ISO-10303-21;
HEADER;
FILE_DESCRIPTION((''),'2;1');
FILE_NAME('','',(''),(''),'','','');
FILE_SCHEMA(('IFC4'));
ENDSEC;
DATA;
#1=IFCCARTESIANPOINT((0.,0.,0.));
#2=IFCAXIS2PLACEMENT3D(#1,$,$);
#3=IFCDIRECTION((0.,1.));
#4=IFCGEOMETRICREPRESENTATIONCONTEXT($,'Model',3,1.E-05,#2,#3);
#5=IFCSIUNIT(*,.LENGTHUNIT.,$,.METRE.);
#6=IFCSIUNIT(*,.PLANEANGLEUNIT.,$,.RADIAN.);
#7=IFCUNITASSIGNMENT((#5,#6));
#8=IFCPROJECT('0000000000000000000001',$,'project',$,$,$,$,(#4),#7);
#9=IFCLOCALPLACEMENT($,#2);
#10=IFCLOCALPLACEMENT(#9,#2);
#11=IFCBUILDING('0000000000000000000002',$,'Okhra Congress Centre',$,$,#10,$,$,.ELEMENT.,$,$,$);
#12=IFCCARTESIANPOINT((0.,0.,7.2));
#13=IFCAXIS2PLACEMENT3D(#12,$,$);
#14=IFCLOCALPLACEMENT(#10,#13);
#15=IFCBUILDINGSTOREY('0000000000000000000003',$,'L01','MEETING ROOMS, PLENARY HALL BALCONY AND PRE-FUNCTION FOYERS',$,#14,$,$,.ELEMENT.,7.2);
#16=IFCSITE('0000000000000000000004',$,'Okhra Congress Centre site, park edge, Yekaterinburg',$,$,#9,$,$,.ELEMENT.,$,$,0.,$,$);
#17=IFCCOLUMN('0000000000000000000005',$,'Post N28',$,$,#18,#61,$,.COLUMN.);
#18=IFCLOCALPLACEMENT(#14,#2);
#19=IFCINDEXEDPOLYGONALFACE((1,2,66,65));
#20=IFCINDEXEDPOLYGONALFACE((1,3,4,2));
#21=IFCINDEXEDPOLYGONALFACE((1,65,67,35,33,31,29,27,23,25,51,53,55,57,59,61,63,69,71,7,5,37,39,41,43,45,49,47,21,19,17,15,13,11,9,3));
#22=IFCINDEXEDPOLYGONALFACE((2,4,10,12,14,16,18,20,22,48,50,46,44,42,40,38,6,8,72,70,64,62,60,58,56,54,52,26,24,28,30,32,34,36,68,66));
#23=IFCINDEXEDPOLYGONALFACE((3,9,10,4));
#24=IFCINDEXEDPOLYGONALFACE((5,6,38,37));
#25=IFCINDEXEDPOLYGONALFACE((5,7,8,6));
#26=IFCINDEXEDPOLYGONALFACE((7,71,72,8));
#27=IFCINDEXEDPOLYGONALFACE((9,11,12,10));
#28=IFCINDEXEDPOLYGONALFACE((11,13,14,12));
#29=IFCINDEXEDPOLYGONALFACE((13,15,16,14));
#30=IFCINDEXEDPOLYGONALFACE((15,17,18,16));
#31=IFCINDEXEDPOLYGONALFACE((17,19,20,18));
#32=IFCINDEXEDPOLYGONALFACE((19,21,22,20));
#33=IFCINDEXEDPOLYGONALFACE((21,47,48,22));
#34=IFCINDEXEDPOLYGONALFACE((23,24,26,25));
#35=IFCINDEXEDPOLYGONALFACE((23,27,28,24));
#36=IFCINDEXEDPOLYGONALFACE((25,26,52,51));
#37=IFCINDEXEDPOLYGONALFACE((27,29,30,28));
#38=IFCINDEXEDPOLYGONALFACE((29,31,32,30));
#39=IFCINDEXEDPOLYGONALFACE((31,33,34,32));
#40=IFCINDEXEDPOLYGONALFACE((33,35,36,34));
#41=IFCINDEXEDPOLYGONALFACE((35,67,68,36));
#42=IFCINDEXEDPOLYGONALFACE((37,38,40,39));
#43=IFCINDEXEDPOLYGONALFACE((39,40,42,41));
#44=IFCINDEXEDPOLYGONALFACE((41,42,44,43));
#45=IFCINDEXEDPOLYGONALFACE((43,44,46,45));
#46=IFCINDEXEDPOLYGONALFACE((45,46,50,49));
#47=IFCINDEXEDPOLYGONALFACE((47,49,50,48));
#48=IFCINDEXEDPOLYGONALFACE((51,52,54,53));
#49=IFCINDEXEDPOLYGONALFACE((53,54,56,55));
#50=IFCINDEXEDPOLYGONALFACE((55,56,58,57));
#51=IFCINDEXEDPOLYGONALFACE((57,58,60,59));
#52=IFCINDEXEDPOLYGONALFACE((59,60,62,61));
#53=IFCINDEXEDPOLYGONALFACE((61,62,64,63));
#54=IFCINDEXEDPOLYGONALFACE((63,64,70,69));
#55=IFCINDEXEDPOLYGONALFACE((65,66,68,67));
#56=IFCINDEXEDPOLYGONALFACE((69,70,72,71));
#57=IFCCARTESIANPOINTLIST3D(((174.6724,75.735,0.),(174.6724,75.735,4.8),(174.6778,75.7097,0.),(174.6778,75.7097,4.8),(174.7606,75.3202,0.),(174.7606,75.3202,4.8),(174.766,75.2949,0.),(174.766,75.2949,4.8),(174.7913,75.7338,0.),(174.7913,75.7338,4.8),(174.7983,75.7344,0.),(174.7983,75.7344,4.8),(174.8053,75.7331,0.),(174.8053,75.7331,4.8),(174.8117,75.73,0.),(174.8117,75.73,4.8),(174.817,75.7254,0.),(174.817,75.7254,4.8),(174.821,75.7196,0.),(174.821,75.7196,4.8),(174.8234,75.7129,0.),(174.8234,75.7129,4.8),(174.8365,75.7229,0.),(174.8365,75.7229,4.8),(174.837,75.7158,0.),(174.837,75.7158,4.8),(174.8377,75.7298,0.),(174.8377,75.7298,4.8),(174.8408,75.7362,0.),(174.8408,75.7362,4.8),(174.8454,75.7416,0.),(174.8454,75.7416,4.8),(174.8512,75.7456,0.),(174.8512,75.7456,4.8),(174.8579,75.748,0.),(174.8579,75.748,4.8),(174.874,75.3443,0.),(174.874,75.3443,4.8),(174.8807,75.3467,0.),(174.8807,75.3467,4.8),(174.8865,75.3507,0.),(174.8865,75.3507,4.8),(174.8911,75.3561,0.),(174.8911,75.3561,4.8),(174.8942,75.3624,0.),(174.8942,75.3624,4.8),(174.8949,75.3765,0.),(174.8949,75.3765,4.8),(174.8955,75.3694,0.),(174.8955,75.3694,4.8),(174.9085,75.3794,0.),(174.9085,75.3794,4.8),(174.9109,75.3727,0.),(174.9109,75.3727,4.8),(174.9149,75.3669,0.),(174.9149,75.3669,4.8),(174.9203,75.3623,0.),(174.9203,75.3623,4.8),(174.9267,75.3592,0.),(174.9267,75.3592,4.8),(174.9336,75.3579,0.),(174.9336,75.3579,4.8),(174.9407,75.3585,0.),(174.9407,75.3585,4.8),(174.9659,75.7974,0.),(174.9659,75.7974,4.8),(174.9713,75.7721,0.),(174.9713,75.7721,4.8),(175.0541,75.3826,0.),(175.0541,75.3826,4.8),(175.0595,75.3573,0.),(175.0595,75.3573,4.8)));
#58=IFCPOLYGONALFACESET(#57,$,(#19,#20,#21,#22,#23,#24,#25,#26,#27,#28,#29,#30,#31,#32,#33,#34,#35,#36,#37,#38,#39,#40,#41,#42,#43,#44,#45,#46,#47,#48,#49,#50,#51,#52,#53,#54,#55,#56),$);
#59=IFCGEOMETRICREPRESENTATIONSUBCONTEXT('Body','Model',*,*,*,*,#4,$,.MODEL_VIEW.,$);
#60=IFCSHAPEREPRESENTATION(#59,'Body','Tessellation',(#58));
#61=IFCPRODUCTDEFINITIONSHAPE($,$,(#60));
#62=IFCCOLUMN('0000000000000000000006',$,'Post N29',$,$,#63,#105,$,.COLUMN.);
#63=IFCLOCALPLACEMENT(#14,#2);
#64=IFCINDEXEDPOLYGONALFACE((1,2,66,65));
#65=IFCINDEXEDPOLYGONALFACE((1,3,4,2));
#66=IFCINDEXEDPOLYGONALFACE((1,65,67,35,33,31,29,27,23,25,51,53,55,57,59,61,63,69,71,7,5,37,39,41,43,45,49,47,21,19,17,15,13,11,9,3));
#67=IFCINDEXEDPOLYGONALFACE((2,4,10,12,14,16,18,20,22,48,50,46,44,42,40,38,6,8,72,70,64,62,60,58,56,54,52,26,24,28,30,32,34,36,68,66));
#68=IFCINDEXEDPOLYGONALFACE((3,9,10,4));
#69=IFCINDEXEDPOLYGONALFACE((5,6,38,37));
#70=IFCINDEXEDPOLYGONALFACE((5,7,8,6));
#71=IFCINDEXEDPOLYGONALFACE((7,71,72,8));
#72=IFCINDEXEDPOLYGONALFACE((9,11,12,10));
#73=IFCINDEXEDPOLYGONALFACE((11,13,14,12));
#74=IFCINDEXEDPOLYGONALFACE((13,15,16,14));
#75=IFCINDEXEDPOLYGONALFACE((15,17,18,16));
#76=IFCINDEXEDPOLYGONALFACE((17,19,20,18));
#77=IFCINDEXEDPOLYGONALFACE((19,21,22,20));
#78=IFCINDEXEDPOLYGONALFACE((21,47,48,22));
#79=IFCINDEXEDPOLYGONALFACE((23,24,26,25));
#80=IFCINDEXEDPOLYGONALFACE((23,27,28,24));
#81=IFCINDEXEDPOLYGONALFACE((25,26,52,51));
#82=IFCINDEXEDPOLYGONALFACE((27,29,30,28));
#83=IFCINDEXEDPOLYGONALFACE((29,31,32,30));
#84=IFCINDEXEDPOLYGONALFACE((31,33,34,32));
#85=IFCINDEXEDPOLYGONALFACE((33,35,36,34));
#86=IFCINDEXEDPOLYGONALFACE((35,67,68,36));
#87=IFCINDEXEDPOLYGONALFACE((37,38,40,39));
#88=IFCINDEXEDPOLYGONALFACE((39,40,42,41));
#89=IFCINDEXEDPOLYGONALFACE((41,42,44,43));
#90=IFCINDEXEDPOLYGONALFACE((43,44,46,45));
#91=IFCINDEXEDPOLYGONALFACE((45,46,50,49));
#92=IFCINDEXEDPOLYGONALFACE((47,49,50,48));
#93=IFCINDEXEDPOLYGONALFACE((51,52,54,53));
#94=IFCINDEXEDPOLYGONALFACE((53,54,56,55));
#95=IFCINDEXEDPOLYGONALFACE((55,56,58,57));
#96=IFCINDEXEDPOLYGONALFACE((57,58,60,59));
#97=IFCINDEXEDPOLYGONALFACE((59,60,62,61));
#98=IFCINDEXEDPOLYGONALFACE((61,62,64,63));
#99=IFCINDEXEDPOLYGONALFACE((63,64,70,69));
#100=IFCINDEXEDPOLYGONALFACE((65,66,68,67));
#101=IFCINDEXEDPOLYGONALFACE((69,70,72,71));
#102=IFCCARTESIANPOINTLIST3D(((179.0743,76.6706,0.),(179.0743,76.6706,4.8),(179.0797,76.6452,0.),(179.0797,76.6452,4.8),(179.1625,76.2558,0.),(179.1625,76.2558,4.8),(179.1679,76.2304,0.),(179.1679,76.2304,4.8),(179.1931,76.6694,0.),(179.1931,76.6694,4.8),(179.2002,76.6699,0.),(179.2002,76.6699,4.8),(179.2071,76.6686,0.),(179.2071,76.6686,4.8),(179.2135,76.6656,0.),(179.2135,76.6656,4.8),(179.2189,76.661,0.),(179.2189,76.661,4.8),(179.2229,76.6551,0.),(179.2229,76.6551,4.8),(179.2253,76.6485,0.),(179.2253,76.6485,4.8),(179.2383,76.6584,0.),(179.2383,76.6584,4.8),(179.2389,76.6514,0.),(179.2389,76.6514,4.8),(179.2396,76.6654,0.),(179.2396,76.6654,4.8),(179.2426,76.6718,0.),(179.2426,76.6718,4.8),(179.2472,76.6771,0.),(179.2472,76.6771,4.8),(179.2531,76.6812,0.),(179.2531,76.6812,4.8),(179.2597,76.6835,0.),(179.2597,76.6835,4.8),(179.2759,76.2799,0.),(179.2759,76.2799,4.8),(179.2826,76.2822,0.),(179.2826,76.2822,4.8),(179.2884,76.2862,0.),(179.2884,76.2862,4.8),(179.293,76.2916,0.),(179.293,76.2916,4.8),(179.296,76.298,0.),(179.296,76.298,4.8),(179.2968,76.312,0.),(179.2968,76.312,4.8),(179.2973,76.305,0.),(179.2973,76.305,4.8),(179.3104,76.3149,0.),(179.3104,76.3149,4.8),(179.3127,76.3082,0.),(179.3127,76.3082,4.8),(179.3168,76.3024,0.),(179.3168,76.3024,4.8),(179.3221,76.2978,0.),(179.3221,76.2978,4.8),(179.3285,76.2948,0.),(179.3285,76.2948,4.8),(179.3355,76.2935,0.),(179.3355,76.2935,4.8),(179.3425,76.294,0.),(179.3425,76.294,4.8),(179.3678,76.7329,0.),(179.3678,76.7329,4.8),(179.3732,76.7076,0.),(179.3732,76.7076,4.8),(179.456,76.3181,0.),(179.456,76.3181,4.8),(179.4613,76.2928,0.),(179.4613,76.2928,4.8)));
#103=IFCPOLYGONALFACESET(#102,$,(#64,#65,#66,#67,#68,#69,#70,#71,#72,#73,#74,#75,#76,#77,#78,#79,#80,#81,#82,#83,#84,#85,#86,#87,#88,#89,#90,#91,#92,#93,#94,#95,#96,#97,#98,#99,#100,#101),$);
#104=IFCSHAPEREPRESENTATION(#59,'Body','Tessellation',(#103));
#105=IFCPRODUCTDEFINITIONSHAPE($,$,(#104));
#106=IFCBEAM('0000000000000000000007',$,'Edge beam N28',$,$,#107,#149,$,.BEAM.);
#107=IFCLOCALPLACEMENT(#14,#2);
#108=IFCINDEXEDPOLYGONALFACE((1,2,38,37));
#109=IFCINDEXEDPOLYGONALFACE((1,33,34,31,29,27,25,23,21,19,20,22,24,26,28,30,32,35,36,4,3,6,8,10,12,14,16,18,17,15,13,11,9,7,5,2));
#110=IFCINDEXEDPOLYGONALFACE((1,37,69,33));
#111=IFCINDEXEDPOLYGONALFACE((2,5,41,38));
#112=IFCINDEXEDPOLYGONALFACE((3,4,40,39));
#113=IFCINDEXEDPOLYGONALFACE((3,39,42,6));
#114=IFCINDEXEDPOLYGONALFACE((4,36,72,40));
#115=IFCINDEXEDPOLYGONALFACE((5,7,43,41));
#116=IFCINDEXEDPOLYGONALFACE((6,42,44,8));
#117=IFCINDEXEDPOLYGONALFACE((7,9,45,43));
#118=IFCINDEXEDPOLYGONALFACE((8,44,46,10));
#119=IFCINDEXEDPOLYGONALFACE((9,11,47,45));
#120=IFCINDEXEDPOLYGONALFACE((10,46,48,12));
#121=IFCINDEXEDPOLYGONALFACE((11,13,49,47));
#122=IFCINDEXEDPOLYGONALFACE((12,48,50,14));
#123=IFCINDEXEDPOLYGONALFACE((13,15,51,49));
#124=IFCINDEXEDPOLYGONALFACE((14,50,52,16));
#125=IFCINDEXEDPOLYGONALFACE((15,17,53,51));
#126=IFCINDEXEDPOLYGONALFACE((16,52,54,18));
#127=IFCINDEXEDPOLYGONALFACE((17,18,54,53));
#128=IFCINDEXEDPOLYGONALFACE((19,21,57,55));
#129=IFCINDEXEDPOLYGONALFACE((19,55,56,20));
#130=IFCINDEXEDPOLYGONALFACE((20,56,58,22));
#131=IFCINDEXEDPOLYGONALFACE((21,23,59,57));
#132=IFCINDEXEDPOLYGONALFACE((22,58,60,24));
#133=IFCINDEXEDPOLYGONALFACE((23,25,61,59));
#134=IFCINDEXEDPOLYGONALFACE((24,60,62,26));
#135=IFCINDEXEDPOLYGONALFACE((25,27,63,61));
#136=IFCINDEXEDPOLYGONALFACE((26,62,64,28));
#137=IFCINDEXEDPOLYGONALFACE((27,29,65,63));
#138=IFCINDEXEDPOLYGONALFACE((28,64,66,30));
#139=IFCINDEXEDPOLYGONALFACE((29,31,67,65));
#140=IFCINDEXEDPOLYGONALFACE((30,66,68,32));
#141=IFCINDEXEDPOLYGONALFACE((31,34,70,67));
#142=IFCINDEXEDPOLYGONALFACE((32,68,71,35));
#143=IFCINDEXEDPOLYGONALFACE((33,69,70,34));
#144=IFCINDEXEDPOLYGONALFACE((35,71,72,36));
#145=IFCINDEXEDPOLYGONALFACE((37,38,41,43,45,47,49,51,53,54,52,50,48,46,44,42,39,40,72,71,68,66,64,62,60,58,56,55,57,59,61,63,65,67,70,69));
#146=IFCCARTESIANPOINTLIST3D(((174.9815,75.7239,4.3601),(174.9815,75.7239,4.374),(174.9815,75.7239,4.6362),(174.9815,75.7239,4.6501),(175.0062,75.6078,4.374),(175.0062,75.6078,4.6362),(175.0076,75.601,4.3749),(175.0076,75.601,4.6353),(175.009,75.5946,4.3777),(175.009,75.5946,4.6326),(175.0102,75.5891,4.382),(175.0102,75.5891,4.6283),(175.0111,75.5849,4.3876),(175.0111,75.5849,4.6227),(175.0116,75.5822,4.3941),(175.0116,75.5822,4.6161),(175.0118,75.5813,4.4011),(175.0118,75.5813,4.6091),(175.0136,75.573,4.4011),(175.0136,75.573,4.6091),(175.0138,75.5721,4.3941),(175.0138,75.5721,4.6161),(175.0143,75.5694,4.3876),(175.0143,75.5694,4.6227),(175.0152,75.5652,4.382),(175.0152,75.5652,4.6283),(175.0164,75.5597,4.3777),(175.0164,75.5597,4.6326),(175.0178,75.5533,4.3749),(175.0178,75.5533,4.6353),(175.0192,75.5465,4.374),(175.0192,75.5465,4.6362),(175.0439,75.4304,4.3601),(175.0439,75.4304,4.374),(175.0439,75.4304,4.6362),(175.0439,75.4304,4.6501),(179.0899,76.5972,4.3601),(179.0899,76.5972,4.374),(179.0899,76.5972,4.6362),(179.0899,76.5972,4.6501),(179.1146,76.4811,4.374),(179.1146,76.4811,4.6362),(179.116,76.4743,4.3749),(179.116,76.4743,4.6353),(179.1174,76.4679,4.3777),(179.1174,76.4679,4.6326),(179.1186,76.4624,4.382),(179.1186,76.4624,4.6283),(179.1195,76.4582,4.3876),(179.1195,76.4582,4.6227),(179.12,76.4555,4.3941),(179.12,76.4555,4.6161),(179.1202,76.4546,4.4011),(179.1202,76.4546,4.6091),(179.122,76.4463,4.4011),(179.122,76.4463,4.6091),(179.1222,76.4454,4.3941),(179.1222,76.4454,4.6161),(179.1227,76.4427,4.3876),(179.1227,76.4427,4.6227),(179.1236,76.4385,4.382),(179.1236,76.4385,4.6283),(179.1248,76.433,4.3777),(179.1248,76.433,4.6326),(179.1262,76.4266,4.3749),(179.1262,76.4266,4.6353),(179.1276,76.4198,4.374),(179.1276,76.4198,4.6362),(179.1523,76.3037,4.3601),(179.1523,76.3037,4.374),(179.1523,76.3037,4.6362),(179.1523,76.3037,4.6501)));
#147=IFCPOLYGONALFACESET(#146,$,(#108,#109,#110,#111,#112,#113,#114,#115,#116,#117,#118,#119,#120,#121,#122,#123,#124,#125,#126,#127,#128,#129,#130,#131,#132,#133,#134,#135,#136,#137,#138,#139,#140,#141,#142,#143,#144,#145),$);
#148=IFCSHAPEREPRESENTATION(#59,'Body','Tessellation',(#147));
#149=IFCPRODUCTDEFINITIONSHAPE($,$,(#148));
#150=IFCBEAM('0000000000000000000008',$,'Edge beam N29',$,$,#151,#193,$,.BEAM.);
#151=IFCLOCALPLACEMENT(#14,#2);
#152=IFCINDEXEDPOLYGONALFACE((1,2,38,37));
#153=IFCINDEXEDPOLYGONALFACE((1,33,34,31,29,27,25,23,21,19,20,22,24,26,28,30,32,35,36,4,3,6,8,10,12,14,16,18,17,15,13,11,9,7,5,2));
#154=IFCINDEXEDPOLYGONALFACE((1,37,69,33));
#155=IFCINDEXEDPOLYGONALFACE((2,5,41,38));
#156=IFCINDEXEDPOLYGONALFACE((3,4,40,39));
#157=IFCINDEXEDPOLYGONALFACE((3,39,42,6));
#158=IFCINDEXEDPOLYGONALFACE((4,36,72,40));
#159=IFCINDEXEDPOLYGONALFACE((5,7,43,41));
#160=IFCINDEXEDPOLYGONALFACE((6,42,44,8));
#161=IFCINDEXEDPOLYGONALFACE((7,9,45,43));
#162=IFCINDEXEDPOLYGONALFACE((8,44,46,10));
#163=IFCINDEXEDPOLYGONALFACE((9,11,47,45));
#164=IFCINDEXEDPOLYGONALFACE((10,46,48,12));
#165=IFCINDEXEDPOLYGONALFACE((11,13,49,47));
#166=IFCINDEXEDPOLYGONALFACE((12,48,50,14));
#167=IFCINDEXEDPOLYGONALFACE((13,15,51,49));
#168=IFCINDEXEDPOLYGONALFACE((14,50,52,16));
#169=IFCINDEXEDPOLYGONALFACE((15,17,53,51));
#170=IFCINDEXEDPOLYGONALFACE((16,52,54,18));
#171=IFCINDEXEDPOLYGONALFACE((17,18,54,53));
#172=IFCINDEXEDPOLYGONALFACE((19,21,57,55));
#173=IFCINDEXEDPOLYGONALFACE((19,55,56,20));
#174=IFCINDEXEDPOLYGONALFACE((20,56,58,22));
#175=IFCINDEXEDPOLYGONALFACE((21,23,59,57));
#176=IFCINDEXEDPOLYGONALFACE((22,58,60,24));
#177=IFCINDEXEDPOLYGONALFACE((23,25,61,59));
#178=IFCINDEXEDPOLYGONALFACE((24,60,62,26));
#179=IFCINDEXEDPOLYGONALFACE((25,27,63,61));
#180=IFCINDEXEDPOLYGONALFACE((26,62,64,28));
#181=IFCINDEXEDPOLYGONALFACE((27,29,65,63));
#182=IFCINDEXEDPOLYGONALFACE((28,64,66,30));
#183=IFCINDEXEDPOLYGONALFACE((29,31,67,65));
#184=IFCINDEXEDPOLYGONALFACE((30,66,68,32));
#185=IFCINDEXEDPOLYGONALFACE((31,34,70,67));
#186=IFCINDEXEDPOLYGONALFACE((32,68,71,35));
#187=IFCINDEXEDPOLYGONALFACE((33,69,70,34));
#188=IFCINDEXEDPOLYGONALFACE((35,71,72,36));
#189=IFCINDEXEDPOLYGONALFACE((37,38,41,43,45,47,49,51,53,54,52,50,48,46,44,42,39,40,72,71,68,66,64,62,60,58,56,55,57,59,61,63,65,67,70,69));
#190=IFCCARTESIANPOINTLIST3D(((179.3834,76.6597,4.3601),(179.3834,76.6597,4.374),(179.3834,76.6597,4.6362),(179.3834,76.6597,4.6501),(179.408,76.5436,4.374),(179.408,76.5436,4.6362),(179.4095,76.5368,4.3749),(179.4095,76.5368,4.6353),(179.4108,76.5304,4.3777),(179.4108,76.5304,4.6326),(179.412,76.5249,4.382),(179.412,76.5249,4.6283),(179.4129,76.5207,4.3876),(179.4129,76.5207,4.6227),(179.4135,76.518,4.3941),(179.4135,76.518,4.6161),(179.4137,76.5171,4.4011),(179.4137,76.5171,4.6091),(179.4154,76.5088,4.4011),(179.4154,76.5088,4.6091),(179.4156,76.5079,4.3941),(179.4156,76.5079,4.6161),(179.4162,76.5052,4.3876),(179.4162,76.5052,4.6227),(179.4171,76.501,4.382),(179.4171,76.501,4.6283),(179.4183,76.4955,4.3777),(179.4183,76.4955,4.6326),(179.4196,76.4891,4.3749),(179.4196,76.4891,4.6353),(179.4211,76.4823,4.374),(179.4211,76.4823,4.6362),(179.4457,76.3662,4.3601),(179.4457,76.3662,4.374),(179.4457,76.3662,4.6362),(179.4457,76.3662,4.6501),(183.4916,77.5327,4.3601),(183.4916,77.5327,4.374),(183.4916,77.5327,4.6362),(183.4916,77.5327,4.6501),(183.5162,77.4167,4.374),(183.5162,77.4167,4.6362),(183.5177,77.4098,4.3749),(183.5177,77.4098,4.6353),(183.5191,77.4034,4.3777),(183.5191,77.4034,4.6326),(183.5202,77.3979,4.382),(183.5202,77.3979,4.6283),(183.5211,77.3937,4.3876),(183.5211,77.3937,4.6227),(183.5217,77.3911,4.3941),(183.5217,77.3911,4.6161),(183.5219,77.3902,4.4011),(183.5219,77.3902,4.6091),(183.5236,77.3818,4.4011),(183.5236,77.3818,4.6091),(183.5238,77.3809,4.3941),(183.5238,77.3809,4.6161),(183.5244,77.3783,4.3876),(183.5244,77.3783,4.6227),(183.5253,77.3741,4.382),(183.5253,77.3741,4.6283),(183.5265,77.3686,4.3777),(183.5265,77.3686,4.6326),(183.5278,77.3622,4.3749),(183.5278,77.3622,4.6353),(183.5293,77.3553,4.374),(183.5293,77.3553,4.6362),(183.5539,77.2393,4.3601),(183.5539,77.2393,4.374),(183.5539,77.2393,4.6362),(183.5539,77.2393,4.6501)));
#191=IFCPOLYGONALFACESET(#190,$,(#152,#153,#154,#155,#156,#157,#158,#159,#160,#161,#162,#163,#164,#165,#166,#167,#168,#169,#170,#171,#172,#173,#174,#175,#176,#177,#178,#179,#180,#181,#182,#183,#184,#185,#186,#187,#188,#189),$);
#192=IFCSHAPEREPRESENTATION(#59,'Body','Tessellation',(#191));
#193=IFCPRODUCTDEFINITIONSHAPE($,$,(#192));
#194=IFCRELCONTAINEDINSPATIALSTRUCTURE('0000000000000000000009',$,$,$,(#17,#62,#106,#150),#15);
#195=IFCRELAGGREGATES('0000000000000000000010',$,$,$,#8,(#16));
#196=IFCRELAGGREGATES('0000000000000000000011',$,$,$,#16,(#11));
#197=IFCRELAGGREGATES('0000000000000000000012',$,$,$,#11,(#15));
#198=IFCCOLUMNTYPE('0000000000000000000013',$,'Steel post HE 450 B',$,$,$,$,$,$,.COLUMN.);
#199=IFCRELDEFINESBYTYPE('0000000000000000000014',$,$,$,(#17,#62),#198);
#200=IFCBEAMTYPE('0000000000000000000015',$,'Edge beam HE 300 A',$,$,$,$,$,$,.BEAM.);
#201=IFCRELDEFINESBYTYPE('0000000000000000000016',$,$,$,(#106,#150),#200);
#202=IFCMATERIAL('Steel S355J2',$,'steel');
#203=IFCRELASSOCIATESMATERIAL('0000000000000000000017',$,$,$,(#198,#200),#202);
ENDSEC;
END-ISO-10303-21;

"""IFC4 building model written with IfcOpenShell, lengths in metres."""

from ifc_helpers import new_model, si_unit, direction, frame, origin, origin_2d, place, context, subcontext, project, spatial, i_section, extrude, material, material_profile, profile_set, type_object, element, save


model = new_model("IFC4")

# Units and contexts
model_context = context("Model", 3, precision=1e-05, world=origin(), true_north=direction((0.0, 1.0)))
body_context = subcontext(model_context, "Body", "Model", "MODEL_VIEW")
ifc_project = project(units=[si_unit("LENGTHUNIT", "METRE"), si_unit("PLANEANGLEUNIT", "RADIAN")], contexts=[model_context])

# Site, building, storey
site_placement = place(None, origin())
site = spatial("IfcSite", under=ifc_project, at=site_placement, Name="Okhra Congress Centre site, park edge, Yekaterinburg", CompositionType="ELEMENT", RefElevation=0.0)
building_placement = place(site_placement, origin())
building = spatial("IfcBuilding", under=site, at=building_placement, Name="Okhra Congress Centre", CompositionType="ELEMENT")
storey_placement = place(building_placement, frame((0.0, 0.0, 7.2)))
storey = spatial("IfcBuildingStorey", under=building, at=storey_placement, Name="L01", Description="MEETING ROOMS, PLENARY HALL BALCONY AND PRE-FUNCTION FOYERS", CompositionType="ELEMENT", Elevation=7.2)

# Columns
ifc_material_1 = material(Name="Steel S355J2", Category="steel")
ifc_material_profile_1 = material_profile(ifc_material_1, i_section(OverallWidth=0.3, OverallDepth=0.45, WebThickness=0.0139, FlangeThickness=0.0259, FilletRadius=0.0271, at=origin_2d()), Name="HE 450 B")
ifc_profile_set_1 = profile_set([ifc_material_profile_1], Name="Steel S355J2")
column_type = type_object("IfcColumnType", Name="Steel post HE 450 B", PredefinedType="COLUMN", material=ifc_profile_set_1)
for number, where, z_axis, x_axis, name in (
    (1, (174.866, 75.5461, 0.0), (0.0, 0.0, 1.0), (0.978148, 0.207912, 0.0), "Post N28"),
    (2, (179.2678, 76.4817, 0.0), (0.0, 0.0, 1.0), (0.978148, 0.207912, 0.0), "Post N29"),
):
    element("IfcColumn", number, at=place(storey_placement, frame(where, z_axis=z_axis, x_axis=x_axis)), inside=storey, type_object=column_type, Name=name, PredefinedType="COLUMN", context=body_context, shape_type="SweptSolid", body=[
        extrude(i_section(OverallWidth=0.3, OverallDepth=0.45, WebThickness=0.0139, FlangeThickness=0.0259, FilletRadius=0.0271, at=origin_2d()), origin(), (0.0, 0.0, 1.0), 4.8),
    ])

# Beams
ifc_material_profile_2 = material_profile(ifc_material_1, i_section(OverallWidth=0.3, OverallDepth=0.29, WebThickness=0.0085, FlangeThickness=0.0139, FilletRadius=0.0271, at=origin_2d()), Name="HE 300 A")
ifc_profile_set_2 = profile_set([ifc_material_profile_2], Name="Steel S355J2")
beam_type_1 = type_object("IfcBeamType", Name="Edge beam HE 300 A", PredefinedType="BEAM", material=ifc_profile_set_2)
beam_1_placement = place(storey_placement, frame((175.0127, 75.5771, 4.5051), z_axis=(0.978146, 0.207917, 0.0), x_axis=(-0.207917, 0.978146, 0.0)))
element("IfcBeam", 3, at=beam_1_placement, inside=storey, type_object=beam_type_1, Name="Edge beam N28", PredefinedType="BEAM", context=body_context, shape_type="SweptSolid", body=[
    extrude(i_section(OverallWidth=0.3, OverallDepth=0.29, WebThickness=0.0085, FlangeThickness=0.0139, FilletRadius=0.0271, at=origin_2d()), origin(), (0.0, 0.0, 1.0), 4.2002),
])
beam_2_placement = place(storey_placement, frame((179.4146, 76.5129, 4.5051), z_axis=(0.978156, 0.207873, 0.0), x_axis=(-0.207873, 0.978156, 0.0)))
element("IfcBeam", 4, at=beam_2_placement, inside=storey, type_object=beam_type_1, Name="Edge beam N29", PredefinedType="BEAM", context=body_context, shape_type="SweptSolid", body=[
    extrude(i_section(OverallWidth=0.3, OverallDepth=0.29, WebThickness=0.0085, FlangeThickness=0.0139, FilletRadius=0.0271, at=origin_2d()), origin(), (0.0, 0.0, 1.0), 4.2),
])

save(model, "model.ifc")
